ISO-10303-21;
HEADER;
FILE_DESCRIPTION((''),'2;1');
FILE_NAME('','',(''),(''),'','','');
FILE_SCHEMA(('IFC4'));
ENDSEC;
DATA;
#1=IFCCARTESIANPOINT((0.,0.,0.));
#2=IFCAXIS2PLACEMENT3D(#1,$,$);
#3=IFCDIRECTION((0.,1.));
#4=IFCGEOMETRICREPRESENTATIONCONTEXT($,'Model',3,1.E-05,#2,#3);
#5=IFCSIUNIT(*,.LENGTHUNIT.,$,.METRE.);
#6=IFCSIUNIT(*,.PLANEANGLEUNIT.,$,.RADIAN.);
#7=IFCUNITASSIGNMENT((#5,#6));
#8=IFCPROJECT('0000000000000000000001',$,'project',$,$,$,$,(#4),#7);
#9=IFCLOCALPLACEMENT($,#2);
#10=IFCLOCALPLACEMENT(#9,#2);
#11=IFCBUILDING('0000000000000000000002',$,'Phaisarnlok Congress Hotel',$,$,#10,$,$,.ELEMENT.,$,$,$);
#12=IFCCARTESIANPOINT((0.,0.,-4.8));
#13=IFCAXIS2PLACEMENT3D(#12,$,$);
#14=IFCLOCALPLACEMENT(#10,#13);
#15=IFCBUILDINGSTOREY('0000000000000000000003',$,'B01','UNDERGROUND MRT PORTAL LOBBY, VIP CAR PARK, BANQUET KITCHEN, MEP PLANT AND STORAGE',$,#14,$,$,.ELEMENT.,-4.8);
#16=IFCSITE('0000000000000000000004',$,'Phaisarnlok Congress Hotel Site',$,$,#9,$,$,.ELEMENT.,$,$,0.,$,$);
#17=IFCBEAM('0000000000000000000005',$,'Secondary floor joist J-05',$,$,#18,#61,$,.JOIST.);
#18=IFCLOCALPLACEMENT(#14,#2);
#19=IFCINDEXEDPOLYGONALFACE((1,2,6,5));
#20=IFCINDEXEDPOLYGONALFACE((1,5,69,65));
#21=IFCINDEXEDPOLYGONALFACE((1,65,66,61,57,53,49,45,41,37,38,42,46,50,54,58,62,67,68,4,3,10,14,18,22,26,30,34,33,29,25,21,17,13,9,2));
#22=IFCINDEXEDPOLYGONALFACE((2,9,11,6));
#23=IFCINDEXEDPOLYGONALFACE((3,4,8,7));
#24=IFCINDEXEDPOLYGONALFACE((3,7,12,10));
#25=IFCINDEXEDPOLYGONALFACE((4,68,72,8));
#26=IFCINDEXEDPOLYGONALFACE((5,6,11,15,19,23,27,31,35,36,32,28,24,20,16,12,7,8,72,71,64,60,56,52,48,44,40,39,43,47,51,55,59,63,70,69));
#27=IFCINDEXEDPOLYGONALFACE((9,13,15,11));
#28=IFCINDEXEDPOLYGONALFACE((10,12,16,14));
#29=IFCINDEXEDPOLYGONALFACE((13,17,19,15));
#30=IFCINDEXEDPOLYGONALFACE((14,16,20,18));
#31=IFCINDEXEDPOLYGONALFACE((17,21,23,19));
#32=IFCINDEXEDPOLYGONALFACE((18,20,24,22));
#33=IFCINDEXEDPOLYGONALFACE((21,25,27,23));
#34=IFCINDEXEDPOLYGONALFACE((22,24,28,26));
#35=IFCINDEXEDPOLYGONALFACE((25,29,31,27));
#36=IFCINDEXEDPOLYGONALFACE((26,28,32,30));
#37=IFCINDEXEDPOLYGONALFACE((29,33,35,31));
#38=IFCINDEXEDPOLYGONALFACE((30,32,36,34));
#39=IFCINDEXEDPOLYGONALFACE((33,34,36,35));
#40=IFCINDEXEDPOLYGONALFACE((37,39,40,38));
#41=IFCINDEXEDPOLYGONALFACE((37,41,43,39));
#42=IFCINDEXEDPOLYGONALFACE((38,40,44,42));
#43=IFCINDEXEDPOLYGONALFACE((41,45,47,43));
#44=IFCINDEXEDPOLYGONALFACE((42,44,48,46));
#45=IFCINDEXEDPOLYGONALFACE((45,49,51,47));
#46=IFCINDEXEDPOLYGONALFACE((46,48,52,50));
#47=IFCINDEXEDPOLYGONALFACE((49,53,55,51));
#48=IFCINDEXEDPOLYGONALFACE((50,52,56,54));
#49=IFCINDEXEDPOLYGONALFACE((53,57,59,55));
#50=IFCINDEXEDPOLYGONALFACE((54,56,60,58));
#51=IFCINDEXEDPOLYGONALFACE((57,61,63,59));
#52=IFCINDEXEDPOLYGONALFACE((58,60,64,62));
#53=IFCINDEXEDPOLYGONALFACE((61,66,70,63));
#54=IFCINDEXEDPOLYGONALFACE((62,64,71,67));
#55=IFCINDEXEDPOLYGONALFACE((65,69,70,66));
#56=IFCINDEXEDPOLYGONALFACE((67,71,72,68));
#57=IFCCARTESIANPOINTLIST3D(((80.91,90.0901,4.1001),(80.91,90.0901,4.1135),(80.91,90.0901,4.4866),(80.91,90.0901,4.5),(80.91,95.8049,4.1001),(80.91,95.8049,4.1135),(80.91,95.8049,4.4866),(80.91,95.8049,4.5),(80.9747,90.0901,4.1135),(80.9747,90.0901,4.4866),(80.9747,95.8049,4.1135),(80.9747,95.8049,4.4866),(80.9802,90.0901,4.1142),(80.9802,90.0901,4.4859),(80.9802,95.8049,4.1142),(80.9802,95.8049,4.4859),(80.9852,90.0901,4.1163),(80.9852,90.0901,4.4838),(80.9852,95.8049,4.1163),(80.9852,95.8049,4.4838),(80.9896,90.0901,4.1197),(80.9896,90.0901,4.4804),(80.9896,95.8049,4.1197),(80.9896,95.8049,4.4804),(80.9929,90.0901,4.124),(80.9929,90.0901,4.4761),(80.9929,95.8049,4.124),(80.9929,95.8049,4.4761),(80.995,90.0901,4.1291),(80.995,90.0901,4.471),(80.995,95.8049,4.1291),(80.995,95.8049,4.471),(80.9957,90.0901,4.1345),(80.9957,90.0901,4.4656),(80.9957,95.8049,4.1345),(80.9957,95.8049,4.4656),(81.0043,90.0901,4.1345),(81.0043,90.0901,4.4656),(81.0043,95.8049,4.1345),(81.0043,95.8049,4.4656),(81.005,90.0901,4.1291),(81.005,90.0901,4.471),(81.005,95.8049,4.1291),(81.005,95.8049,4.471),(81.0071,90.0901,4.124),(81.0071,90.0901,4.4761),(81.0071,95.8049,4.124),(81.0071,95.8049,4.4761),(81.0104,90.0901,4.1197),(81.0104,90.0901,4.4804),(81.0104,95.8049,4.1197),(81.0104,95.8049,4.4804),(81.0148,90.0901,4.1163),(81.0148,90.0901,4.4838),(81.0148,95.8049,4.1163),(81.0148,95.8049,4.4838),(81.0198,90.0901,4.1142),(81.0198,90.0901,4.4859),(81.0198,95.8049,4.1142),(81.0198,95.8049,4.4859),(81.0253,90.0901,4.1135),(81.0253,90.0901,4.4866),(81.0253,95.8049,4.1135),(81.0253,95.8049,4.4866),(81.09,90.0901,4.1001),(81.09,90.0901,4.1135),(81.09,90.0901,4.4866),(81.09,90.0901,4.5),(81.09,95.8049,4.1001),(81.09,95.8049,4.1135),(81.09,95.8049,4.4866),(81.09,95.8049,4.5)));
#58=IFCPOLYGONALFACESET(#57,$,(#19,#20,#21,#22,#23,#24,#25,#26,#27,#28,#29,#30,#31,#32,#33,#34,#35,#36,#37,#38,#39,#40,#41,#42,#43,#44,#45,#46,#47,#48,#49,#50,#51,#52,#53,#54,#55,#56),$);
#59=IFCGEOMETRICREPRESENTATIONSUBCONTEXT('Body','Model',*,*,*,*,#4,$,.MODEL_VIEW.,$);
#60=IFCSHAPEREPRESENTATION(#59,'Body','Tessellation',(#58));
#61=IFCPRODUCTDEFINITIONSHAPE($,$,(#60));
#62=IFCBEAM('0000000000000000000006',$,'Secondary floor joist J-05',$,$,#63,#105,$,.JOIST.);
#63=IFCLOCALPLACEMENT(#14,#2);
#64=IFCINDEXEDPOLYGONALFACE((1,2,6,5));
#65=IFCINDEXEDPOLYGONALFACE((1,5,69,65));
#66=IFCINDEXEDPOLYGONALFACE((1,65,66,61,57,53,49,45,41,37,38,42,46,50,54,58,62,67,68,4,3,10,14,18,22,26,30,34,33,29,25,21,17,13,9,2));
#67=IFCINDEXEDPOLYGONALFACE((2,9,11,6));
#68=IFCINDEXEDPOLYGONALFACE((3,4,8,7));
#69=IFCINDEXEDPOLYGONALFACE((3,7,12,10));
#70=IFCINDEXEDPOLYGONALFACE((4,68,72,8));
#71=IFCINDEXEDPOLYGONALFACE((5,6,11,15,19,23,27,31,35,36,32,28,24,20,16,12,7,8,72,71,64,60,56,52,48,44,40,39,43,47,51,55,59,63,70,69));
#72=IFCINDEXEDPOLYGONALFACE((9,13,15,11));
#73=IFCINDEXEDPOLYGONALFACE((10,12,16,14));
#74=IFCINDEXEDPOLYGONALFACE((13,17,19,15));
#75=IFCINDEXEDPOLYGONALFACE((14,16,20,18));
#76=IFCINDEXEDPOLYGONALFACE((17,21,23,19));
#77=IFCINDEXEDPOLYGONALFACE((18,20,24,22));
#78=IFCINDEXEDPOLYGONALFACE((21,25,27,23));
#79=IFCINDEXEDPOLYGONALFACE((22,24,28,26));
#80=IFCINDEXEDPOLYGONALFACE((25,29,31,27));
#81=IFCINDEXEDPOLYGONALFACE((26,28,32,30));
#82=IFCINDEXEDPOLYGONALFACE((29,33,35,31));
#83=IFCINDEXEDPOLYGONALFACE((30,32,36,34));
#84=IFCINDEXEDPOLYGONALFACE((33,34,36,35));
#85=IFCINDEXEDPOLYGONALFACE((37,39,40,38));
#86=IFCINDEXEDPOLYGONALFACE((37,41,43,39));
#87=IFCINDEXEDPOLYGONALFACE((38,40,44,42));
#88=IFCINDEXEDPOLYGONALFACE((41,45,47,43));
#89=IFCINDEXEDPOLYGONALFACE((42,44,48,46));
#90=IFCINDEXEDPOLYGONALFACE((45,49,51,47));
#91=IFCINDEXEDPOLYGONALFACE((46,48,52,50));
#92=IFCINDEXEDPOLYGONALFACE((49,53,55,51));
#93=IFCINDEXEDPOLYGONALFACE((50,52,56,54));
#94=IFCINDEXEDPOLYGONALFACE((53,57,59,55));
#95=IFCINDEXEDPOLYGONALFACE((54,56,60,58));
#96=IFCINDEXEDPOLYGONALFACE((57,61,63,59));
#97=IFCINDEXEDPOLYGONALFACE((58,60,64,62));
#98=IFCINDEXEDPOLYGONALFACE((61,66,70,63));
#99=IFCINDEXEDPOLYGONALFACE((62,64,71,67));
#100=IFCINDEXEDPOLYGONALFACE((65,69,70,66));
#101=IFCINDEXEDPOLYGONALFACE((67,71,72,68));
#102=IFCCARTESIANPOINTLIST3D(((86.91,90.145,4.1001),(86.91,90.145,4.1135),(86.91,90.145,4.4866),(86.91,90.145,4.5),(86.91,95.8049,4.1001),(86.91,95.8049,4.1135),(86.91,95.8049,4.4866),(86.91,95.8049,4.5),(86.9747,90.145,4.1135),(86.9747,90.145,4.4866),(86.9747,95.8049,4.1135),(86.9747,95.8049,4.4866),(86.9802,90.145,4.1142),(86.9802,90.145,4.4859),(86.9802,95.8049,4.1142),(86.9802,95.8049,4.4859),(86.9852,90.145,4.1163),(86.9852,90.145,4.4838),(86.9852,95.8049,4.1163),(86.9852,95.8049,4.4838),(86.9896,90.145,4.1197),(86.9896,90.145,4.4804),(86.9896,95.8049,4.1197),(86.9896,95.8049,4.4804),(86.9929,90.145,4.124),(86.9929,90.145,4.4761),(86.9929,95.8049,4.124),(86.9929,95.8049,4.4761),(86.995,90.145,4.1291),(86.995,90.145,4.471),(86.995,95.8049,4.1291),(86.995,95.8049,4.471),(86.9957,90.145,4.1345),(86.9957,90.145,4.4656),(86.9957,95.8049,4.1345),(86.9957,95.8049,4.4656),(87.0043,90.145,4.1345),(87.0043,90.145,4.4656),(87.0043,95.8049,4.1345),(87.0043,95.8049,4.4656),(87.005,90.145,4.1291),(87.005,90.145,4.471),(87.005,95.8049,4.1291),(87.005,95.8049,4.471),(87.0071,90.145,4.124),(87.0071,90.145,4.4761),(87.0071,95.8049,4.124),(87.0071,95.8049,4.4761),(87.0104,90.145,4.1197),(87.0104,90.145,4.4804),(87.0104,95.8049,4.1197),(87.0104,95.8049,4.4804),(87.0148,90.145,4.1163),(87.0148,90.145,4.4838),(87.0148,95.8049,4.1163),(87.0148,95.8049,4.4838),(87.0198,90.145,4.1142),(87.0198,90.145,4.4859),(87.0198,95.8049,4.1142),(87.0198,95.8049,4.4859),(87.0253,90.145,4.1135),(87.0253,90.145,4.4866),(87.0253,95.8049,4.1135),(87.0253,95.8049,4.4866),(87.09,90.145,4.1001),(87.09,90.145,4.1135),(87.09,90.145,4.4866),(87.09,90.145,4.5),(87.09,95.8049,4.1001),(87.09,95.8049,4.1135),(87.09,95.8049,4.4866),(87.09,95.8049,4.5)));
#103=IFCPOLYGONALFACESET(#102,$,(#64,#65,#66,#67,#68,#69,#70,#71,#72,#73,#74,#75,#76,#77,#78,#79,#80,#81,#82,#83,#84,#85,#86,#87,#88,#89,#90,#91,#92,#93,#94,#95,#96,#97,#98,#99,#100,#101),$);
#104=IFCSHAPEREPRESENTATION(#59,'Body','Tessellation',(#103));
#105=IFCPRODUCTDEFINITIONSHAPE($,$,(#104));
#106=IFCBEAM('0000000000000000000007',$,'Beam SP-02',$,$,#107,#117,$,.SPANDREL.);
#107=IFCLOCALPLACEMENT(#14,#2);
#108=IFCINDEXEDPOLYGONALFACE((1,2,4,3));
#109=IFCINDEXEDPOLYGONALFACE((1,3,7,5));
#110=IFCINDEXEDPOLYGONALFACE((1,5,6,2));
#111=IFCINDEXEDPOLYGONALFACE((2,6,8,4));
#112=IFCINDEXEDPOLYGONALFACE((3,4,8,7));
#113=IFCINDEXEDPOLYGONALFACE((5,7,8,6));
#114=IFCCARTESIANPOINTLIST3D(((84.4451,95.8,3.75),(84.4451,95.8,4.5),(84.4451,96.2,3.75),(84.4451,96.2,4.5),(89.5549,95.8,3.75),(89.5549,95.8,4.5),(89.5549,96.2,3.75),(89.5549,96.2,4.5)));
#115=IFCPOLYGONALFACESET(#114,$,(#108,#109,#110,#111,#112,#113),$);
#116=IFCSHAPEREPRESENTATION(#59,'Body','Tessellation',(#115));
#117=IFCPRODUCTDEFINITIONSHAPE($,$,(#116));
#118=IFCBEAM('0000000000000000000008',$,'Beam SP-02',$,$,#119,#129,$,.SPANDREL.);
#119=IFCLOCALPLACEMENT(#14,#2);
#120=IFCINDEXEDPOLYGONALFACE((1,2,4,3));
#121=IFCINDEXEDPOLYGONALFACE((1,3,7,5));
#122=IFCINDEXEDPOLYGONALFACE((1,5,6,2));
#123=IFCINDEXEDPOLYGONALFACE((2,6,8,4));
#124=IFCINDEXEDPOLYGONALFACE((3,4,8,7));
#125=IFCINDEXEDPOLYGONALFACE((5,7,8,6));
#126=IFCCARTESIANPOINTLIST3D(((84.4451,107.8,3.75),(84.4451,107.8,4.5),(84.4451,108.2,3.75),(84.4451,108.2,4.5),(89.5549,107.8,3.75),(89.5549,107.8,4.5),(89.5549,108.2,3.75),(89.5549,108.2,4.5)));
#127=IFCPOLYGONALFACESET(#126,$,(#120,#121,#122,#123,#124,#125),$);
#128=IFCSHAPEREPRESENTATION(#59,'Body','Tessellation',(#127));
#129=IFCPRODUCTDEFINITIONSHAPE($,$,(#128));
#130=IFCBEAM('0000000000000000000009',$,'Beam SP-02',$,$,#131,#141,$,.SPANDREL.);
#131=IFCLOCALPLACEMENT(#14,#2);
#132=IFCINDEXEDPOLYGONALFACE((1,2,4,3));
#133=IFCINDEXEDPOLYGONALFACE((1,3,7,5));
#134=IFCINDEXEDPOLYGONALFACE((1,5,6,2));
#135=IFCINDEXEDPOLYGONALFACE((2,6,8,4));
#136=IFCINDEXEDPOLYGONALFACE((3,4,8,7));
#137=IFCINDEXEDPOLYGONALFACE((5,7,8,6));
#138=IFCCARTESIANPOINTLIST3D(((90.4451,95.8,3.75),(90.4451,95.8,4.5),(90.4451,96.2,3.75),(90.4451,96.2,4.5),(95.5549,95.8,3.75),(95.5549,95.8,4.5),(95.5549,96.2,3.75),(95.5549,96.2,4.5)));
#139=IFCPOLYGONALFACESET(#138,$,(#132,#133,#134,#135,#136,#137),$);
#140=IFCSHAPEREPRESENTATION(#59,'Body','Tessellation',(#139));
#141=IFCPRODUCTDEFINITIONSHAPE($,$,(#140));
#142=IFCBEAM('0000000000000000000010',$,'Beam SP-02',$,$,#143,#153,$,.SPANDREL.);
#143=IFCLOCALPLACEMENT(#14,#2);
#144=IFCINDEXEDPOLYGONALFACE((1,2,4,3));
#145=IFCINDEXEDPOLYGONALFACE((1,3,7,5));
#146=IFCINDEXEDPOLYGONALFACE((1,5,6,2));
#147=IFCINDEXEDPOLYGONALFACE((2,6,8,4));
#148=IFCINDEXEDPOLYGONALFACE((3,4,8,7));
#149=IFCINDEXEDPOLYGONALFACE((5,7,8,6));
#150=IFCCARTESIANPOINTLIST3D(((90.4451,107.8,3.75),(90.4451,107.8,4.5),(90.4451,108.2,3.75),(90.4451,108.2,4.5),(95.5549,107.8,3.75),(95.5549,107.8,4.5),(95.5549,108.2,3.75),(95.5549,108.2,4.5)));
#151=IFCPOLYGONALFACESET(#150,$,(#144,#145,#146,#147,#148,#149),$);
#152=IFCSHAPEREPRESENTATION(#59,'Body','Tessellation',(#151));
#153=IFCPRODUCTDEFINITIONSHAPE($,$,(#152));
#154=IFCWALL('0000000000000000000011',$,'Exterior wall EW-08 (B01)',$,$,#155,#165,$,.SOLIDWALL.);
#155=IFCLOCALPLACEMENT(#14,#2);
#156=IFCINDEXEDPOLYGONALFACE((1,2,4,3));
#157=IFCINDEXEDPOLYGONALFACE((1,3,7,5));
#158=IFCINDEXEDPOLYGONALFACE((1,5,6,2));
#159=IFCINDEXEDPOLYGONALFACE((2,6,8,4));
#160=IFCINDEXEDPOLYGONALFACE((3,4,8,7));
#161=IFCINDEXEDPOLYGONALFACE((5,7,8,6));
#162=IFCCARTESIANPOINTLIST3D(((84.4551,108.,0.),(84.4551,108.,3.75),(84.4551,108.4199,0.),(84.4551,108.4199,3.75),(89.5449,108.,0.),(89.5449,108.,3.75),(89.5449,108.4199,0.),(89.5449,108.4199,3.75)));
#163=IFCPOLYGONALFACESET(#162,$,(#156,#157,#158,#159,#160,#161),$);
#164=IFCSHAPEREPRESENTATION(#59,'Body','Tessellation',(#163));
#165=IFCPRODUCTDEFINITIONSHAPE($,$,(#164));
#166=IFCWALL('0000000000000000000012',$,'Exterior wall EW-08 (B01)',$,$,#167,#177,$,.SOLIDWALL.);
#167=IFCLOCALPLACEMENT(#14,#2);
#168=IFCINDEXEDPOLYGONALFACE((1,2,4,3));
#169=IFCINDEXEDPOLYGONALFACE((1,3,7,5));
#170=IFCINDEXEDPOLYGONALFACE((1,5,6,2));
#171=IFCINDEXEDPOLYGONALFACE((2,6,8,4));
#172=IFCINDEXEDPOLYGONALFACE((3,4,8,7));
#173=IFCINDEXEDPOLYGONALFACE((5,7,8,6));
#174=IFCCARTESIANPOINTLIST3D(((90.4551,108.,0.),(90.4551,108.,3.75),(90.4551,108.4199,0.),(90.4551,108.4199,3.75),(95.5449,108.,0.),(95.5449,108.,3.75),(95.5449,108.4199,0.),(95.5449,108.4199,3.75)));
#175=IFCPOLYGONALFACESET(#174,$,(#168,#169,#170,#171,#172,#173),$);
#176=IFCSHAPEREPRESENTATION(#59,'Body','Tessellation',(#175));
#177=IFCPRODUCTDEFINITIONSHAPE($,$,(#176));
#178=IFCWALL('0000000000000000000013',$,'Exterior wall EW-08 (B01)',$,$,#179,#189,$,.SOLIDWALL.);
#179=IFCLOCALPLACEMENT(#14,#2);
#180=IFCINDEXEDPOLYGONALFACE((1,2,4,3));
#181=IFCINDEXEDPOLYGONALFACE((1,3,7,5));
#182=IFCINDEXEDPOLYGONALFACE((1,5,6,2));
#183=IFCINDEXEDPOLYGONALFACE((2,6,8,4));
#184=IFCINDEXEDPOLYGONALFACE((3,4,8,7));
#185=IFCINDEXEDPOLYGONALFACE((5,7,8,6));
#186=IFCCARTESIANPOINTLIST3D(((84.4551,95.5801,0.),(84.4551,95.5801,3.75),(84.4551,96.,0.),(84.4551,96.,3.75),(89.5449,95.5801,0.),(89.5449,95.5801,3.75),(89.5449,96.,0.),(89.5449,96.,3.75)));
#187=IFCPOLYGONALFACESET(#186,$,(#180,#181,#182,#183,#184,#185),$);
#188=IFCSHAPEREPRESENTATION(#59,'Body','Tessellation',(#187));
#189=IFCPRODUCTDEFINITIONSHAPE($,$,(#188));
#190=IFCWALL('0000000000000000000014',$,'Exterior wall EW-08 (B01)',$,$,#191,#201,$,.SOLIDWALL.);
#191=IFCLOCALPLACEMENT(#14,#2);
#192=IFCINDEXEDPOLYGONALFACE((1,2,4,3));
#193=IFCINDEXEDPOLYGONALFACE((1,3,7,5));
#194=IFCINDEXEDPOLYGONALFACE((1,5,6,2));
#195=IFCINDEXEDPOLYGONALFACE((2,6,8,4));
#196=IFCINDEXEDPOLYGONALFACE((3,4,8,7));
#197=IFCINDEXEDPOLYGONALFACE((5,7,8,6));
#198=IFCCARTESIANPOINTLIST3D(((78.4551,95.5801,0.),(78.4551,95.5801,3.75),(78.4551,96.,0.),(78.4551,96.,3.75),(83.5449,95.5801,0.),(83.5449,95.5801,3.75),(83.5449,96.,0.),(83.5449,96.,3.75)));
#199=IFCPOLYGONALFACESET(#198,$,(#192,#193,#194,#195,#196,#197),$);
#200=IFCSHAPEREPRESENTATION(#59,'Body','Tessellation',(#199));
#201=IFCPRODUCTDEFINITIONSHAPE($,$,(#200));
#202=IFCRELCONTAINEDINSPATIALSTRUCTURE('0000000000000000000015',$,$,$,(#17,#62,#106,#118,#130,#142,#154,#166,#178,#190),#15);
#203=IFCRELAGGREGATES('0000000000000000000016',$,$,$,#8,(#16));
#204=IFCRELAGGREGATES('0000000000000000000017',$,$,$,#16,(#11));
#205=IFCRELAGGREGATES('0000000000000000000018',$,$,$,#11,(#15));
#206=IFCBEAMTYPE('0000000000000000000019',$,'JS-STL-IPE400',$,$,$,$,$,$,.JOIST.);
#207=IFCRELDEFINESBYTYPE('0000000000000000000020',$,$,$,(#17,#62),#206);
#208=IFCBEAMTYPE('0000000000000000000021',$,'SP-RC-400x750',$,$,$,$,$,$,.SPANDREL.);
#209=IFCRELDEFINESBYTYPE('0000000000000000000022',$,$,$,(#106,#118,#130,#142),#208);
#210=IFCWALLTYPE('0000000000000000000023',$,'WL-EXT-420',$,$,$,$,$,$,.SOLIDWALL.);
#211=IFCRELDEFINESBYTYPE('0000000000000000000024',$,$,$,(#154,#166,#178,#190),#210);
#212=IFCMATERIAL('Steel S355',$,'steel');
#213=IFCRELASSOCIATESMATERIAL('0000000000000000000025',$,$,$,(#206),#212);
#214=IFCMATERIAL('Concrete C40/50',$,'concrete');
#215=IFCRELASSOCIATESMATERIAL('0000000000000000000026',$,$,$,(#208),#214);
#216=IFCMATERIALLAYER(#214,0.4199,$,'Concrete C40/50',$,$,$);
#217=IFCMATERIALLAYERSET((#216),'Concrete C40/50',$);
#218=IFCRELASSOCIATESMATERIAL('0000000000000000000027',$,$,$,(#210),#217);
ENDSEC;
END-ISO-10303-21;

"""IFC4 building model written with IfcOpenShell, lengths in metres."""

from ifc_helpers import new_model, si_unit, direction, frame, frame_2d, origin, origin_2d, place, context, subcontext, project, spatial, rectangle, i_section, extrude, material, layer, layer_set, material_profile, profile_set, type_object, element, save


model = new_model("IFC4")

# Units and contexts
model_context = context("Model", 3, precision=1e-05, world=origin(), true_north=direction((0.0, 1.0)))
body_context = subcontext(model_context, "Body", "Model", "MODEL_VIEW")
ifc_project = project(units=[si_unit("LENGTHUNIT", "METRE"), si_unit("PLANEANGLEUNIT", "RADIAN")], contexts=[model_context])

# Site, building, storey
site_placement = place(None, origin())
site = spatial("IfcSite", under=ifc_project, at=site_placement, Name="Phaisarnlok Congress Hotel Site", CompositionType="ELEMENT", RefElevation=0.0)
building_placement = place(site_placement, origin())
building = spatial("IfcBuilding", under=site, at=building_placement, Name="Phaisarnlok Congress Hotel", CompositionType="ELEMENT")
storey_placement = place(building_placement, frame((0.0, 0.0, -4.8)))
storey = spatial("IfcBuildingStorey", under=building, at=storey_placement, Name="B01", Description="UNDERGROUND MRT PORTAL LOBBY, VIP CAR PARK, BANQUET KITCHEN, MEP PLANT AND STORAGE", CompositionType="ELEMENT", Elevation=-4.8)

# Shared definitions
ifc_material_1 = material(Name="Concrete C40/50", Category="concrete")

# Beams
ifc_material_2 = material(Name="Steel S355", Category="steel")
ifc_material_profile_1 = material_profile(ifc_material_2, i_section(OverallWidth=0.1799, OverallDepth=0.3999, WebThickness=0.0085, FlangeThickness=0.0134, FilletRadius=0.021, at=origin_2d()), Name="IPE 400")
ifc_profile_set_1 = profile_set([ifc_material_profile_1], Name="Steel S355")
beam_type_1 = type_object("IfcBeamType", Name="JS-STL-IPE400", PredefinedType="JOIST", material=ifc_profile_set_1)
beam_1_placement = place(storey_placement, frame((81.0, 90.0901, 4.3), z_axis=(0.0, 1.0, 0.0), x_axis=(-1.0, 0.0, 0.0)))
element("IfcBeam", 1, at=beam_1_placement, inside=storey, type_object=beam_type_1, Name="Secondary floor joist J-05", PredefinedType="JOIST", context=body_context, shape_type="SweptSolid", body=[
    extrude(i_section(OverallWidth=0.1799, OverallDepth=0.3999, WebThickness=0.0085, FlangeThickness=0.0134, FilletRadius=0.021, at=origin_2d()), origin(), (0.0, 0.0, 1.0), 5.7148),
])
beam_2_placement = place(storey_placement, frame((87.0, 90.145, 4.3), z_axis=(0.0, 1.0, 0.0), x_axis=(-1.0, 0.0, 0.0)))
element("IfcBeam", 2, at=beam_2_placement, inside=storey, type_object=beam_type_1, Name="Secondary floor joist J-05", PredefinedType="JOIST", context=body_context, shape_type="SweptSolid", body=[
    extrude(i_section(OverallWidth=0.1799, OverallDepth=0.3999, WebThickness=0.0085, FlangeThickness=0.0134, FilletRadius=0.021, at=origin_2d()), origin(), (0.0, 0.0, 1.0), 5.6599),
])
ifc_material_profile_2 = material_profile(ifc_material_1, rectangle(XDim=0.3999, YDim=0.75, at=origin_2d()), Name="RC 400x750")
ifc_profile_set_2 = profile_set([ifc_material_profile_2], Name="Concrete C40/50")
beam_type_2 = type_object("IfcBeamType", Name="SP-RC-400x750", PredefinedType="SPANDREL", material=ifc_profile_set_2)
for number, where, z_axis, x_axis, name in (
    (3, (84.4451, 96.0, 4.125), (1.0, 0.0, 0.0), (0.0, 1.0, 0.0), "Beam SP-02"),
    (4, (84.4451, 108.0, 4.125), (1.0, 0.0, 0.0), (0.0, 1.0, 0.0), "Beam SP-02"),
    (5, (90.4451, 96.0, 4.125), (1.0, 0.0, 0.0), (0.0, 1.0, 0.0), "Beam SP-02"),
    (6, (90.4451, 108.0, 4.125), (1.0, 0.0, 0.0), (0.0, 1.0, 0.0), "Beam SP-02"),
):
    element("IfcBeam", number, at=place(storey_placement, frame(where, z_axis=z_axis, x_axis=x_axis)), inside=storey, type_object=beam_type_2, Name=name, PredefinedType="SPANDREL", context=body_context, shape_type="SweptSolid", body=[
        extrude(rectangle(XDim=0.3999, YDim=0.75, at=origin_2d()), origin(), (0.0, 0.0, 1.0), 5.1099),
    ])

# Walls
ifc_layer = layer(ifc_material_1, 0.4199, Name="Concrete C40/50")
ifc_layer_set = layer_set([ifc_layer], Name="Concrete C40/50")
wall_type = type_object("IfcWallType", Name="WL-EXT-420", PredefinedType="SOLIDWALL", material=ifc_layer_set)
for number, where, z_axis, x_axis, name in (
    (7, (84.4551, 108.21, 0.0), (0.0, 0.0, 1.0), (1.0, 0.0, 0.0), "Exterior wall EW-08 (B01)"),
    (8, (90.4551, 108.21, 0.0), (0.0, 0.0, 1.0), (1.0, 0.0, 0.0), "Exterior wall EW-08 (B01)"),
    (9, (89.5449, 95.79, 0.0), (0.0, 0.0, 1.0), (-1.0, 0.0, 0.0), "Exterior wall EW-08 (B01)"),
    (10, (83.5449, 95.79, 0.0), (0.0, 0.0, 1.0), (-1.0, 0.0, 0.0), "Exterior wall EW-08 (B01)"),
):
    element("IfcWall", number, at=place(storey_placement, frame(where, z_axis=z_axis, x_axis=x_axis)), inside=storey, type_object=wall_type, Name=name, PredefinedType="SOLIDWALL", context=body_context, shape_type="SweptSolid", body=[
        extrude(rectangle(XDim=5.0898, YDim=0.4199, at=frame_2d((2.5449, 0.0))), origin(), (0.0, 0.0, 1.0), 3.75),
    ])

save(model, "model.ifc")
